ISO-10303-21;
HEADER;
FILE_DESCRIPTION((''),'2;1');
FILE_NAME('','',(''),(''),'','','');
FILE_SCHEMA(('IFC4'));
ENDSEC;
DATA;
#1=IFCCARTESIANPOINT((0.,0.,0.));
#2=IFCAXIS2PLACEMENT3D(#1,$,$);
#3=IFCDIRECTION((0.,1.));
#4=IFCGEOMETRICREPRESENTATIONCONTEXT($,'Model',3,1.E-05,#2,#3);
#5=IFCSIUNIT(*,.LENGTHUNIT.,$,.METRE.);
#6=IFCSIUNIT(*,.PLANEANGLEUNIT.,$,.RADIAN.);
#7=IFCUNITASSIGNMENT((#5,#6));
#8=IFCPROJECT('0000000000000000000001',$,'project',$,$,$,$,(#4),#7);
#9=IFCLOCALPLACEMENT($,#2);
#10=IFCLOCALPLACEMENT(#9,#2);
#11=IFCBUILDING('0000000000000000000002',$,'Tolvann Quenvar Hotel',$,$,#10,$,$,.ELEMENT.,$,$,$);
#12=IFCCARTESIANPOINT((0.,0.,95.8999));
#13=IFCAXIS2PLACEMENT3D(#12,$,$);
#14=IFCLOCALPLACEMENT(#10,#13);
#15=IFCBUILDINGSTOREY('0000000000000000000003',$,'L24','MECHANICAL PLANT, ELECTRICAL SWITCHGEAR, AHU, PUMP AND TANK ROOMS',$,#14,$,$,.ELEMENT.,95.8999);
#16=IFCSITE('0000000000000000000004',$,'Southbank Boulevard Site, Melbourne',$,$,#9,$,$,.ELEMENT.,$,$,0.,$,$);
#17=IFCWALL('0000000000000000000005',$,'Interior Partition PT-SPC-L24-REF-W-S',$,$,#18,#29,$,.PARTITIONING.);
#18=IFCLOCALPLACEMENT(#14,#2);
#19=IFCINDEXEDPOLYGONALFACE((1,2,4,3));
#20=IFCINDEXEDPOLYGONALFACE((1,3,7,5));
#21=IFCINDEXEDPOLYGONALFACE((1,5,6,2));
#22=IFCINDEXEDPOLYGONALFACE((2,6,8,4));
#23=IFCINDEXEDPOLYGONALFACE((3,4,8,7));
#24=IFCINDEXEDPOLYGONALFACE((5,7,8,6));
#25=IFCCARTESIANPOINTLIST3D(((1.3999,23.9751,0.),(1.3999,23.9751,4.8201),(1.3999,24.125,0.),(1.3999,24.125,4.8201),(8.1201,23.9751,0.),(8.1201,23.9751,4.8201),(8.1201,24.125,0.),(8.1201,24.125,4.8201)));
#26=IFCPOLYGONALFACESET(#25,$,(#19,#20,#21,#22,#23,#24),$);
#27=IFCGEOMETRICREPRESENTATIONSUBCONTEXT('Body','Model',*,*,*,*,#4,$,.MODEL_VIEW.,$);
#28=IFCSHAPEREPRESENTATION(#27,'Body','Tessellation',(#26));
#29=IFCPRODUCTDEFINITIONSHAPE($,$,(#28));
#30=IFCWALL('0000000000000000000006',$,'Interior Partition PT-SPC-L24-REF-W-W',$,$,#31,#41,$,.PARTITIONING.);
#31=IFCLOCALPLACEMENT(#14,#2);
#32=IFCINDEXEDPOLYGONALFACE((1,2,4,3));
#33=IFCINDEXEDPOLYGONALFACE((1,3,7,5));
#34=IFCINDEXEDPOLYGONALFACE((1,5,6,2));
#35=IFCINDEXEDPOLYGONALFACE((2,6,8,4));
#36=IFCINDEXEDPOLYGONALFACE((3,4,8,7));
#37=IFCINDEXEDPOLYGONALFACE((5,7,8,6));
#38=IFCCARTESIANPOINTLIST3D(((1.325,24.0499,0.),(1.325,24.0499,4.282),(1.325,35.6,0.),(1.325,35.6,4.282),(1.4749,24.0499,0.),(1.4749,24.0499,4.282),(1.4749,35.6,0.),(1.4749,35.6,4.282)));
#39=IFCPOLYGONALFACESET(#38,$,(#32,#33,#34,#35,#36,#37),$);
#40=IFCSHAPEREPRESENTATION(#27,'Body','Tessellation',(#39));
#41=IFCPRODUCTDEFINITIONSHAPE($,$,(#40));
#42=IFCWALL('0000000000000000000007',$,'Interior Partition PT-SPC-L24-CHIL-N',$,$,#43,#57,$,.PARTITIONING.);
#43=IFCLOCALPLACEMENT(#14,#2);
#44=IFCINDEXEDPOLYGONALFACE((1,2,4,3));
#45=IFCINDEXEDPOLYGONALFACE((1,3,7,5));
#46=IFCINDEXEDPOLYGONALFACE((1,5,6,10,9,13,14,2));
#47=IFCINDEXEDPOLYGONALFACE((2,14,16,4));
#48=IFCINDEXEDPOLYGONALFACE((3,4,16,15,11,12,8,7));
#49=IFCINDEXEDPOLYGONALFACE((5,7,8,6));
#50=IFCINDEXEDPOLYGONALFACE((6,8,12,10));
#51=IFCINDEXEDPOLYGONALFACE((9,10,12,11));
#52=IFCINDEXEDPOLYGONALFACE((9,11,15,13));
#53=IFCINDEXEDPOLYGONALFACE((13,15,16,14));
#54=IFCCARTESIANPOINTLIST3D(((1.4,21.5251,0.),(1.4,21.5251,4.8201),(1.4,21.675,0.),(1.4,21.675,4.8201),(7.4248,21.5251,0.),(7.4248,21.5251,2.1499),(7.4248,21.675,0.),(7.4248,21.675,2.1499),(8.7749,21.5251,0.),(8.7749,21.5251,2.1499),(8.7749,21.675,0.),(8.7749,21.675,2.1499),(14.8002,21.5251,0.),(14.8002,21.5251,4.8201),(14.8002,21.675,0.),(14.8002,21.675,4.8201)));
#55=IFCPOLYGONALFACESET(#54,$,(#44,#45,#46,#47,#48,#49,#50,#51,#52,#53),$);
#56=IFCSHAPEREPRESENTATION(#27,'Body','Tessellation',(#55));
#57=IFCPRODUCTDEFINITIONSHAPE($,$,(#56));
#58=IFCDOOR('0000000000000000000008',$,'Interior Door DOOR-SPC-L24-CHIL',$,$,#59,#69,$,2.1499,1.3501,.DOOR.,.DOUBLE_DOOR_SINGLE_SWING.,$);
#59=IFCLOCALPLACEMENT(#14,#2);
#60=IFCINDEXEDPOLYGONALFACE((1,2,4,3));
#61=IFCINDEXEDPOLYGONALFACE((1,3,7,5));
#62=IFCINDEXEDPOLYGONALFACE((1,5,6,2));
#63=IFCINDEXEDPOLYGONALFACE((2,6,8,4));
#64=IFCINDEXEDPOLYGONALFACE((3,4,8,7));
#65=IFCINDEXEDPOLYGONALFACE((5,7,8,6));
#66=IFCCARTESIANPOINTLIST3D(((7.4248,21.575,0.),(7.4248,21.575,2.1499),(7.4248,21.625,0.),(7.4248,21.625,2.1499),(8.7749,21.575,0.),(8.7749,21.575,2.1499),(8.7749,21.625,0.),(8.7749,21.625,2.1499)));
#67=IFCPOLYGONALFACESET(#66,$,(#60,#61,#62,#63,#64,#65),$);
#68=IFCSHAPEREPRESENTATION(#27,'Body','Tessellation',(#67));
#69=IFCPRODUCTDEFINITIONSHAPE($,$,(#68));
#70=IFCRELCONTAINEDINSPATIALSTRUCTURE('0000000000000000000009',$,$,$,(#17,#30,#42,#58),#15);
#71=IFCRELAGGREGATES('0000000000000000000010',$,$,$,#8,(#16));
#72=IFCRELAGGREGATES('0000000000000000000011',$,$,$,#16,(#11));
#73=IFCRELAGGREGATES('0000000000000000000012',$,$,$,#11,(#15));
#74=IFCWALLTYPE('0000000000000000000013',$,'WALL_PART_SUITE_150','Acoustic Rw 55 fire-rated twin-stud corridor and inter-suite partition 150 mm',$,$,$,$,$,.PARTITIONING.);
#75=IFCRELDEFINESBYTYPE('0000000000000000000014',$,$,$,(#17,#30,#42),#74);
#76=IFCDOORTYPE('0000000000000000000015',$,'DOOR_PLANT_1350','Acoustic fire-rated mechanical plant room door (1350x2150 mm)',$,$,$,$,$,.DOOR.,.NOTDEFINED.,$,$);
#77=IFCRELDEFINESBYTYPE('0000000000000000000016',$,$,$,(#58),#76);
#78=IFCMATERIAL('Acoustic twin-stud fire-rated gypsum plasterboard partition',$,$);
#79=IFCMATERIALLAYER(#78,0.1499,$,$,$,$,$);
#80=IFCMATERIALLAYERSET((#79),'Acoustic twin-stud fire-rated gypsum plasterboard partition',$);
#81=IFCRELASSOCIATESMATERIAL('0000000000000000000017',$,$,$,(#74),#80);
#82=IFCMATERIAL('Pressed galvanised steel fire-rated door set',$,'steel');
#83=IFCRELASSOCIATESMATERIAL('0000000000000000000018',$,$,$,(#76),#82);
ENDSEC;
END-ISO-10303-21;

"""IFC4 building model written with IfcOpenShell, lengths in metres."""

from ifc_helpers import new_model, si_unit, direction, frame, frame_2d, origin, place, context, subcontext, project, spatial, rectangle, extrude, source, transform, mapped, material, layer, layer_set, type_object, type_shapes, element, fill, save


model = new_model("IFC4")

# Units and contexts
model_context = context("Model", 3, precision=1e-05, world=origin(), true_north=direction((0.0, 1.0)))
body_context = subcontext(model_context, "Body", "Model", "MODEL_VIEW")
ifc_project = project(units=[si_unit("LENGTHUNIT", "METRE"), si_unit("PLANEANGLEUNIT", "RADIAN")], contexts=[model_context])

# Site, building, storey
site_placement = place(None, origin())
site = spatial("IfcSite", under=ifc_project, at=site_placement, Name="Southbank Boulevard Site, Melbourne", CompositionType="ELEMENT", RefElevation=0.0)
building_placement = place(site_placement, origin())
building = spatial("IfcBuilding", under=site, at=building_placement, Name="Tolvann Quenvar Hotel", CompositionType="ELEMENT")
storey_placement = place(building_placement, frame((0.0, 0.0, 95.8999)))
storey = spatial("IfcBuildingStorey", under=building, at=storey_placement, Name="L24", Description="MECHANICAL PLANT, ELECTRICAL SWITCHGEAR, AHU, PUMP AND TANK ROOMS", CompositionType="ELEMENT", Elevation=95.8999)

# Walls
ifc_material_1 = material(Name="Acoustic twin-stud fire-rated gypsum plasterboard partition")
ifc_layer_1 = layer(ifc_material_1, 0.1499)
ifc_layer_set_1 = layer_set([ifc_layer_1], Name="Acoustic twin-stud fire-rated gypsum plasterboard partition")
wall_type = type_object("IfcWallType", Name="WALL_PART_SUITE_150", Description="Acoustic Rw 55 fire-rated twin-stud corridor and inter-suite partition 150 mm", PredefinedType="PARTITIONING", material=ifc_layer_set_1)
wall_1_placement = place(storey_placement, frame((1.3999, 24.05, 0.0), z_axis=(0.0, 0.0, 1.0), x_axis=(1.0, 0.0, 0.0)))
element("IfcWall", 1, at=wall_1_placement, inside=storey, type_object=wall_type, Name="Interior Partition PT-SPC-L24-REF-W-S", PredefinedType="PARTITIONING", context=body_context, shape_type="SweptSolid", body=[
    extrude(rectangle(XDim=6.7202, YDim=0.1499, at=frame_2d((3.3601, 0.0))), origin(), (0.0, 0.0, 1.0), 4.8201),
])
wall_2_placement = place(storey_placement, frame((1.3999, 24.05, 0.0), z_axis=(0.0, 0.0, 1.0), x_axis=(0.0, 1.0, 0.0)))
element("IfcWall", 2, at=wall_2_placement, inside=storey, type_object=wall_type, Name="Interior Partition PT-SPC-L24-REF-W-W", PredefinedType="PARTITIONING", context=body_context, shape_type="SweptSolid", body=[
    extrude(rectangle(XDim=11.55, YDim=0.1499, at=frame_2d((5.7749, 0.0))), origin(), (0.0, 0.0, 1.0), 4.282),
])

# Wall, opening, door
wall_3_placement = place(storey_placement, frame((1.3999, 21.6001, 0.0), z_axis=(0.0, 0.0, 1.0), x_axis=(1.0, 0.0, 0.0)))
wall_3 = element("IfcWall", 3, at=wall_3_placement, inside=storey, type_object=wall_type, Name="Interior Partition PT-SPC-L24-CHIL-N", PredefinedType="PARTITIONING", context=body_context, shape_type="SweptSolid", body=[
    extrude(rectangle(XDim=13.4001, YDim=0.1499, at=frame_2d((6.7002, 0.0))), origin(), (0.0, 0.0, 1.0), 4.8201),
])
opening_placement = place(wall_3_placement, frame((6.0249, 0.0, 0.0)))
opening = element("IfcOpeningElement", 4, at=opening_placement, cuts=wall_3, PredefinedType="OPENING", context=body_context, shape_type="SweptSolid", body=[
    extrude(rectangle(XDim=1.3501, YDim=2.1499, at=frame_2d((0.675, 1.075))), frame((0.0, 0.085, 0.0), z_axis=(0.0, -1.0, 0.0), x_axis=(1.0, 0.0, 0.0)), (0.0, 0.0, 1.0), 0.1699),
])
ifc_material_2 = material(Name="Pressed galvanised steel fire-rated door set", Category="steel")
door_type = type_object("IfcDoorType", Name="DOOR_PLANT_1350", Description="Acoustic fire-rated mechanical plant room door (1350x2150 mm)", OperationType="NOTDEFINED", PredefinedType="DOOR", material=ifc_material_2)
shared_shape_1 = source(origin(), body_context, "Body", "SweptSolid", [
    extrude(rectangle(XDim=1.3501, YDim=2.1499, at=frame_2d((0.675, 1.075))), frame((0.0, 0.0249, 0.0), z_axis=(0.0, -1.0, 0.0), x_axis=(1.0, 0.0, 0.0)), (0.0, 0.0, 1.0), 0.05),
])
type_shapes(door_type, [shared_shape_1])
door_placement = place(opening_placement, origin())
door = element("IfcDoor", 5, at=door_placement, inside=storey, type_object=door_type, Name="Interior Door DOOR-SPC-L24-CHIL", OperationType="DOUBLE_DOOR_SINGLE_SWING", OverallHeight=2.1499, OverallWidth=1.3501, PredefinedType="DOOR", context=body_context, shape_type="MappedRepresentation", body=[
    mapped(shared_shape_1, transform((0.0, 0.0, 0.0), x_axis=(1.0, 0.0, 0.0), y_axis=(0.0, 1.0, 0.0), z_axis=(0.0, 0.0, 1.0), scale=1.0)),
])
fill(opening, door)

save(model, "model.ifc")
